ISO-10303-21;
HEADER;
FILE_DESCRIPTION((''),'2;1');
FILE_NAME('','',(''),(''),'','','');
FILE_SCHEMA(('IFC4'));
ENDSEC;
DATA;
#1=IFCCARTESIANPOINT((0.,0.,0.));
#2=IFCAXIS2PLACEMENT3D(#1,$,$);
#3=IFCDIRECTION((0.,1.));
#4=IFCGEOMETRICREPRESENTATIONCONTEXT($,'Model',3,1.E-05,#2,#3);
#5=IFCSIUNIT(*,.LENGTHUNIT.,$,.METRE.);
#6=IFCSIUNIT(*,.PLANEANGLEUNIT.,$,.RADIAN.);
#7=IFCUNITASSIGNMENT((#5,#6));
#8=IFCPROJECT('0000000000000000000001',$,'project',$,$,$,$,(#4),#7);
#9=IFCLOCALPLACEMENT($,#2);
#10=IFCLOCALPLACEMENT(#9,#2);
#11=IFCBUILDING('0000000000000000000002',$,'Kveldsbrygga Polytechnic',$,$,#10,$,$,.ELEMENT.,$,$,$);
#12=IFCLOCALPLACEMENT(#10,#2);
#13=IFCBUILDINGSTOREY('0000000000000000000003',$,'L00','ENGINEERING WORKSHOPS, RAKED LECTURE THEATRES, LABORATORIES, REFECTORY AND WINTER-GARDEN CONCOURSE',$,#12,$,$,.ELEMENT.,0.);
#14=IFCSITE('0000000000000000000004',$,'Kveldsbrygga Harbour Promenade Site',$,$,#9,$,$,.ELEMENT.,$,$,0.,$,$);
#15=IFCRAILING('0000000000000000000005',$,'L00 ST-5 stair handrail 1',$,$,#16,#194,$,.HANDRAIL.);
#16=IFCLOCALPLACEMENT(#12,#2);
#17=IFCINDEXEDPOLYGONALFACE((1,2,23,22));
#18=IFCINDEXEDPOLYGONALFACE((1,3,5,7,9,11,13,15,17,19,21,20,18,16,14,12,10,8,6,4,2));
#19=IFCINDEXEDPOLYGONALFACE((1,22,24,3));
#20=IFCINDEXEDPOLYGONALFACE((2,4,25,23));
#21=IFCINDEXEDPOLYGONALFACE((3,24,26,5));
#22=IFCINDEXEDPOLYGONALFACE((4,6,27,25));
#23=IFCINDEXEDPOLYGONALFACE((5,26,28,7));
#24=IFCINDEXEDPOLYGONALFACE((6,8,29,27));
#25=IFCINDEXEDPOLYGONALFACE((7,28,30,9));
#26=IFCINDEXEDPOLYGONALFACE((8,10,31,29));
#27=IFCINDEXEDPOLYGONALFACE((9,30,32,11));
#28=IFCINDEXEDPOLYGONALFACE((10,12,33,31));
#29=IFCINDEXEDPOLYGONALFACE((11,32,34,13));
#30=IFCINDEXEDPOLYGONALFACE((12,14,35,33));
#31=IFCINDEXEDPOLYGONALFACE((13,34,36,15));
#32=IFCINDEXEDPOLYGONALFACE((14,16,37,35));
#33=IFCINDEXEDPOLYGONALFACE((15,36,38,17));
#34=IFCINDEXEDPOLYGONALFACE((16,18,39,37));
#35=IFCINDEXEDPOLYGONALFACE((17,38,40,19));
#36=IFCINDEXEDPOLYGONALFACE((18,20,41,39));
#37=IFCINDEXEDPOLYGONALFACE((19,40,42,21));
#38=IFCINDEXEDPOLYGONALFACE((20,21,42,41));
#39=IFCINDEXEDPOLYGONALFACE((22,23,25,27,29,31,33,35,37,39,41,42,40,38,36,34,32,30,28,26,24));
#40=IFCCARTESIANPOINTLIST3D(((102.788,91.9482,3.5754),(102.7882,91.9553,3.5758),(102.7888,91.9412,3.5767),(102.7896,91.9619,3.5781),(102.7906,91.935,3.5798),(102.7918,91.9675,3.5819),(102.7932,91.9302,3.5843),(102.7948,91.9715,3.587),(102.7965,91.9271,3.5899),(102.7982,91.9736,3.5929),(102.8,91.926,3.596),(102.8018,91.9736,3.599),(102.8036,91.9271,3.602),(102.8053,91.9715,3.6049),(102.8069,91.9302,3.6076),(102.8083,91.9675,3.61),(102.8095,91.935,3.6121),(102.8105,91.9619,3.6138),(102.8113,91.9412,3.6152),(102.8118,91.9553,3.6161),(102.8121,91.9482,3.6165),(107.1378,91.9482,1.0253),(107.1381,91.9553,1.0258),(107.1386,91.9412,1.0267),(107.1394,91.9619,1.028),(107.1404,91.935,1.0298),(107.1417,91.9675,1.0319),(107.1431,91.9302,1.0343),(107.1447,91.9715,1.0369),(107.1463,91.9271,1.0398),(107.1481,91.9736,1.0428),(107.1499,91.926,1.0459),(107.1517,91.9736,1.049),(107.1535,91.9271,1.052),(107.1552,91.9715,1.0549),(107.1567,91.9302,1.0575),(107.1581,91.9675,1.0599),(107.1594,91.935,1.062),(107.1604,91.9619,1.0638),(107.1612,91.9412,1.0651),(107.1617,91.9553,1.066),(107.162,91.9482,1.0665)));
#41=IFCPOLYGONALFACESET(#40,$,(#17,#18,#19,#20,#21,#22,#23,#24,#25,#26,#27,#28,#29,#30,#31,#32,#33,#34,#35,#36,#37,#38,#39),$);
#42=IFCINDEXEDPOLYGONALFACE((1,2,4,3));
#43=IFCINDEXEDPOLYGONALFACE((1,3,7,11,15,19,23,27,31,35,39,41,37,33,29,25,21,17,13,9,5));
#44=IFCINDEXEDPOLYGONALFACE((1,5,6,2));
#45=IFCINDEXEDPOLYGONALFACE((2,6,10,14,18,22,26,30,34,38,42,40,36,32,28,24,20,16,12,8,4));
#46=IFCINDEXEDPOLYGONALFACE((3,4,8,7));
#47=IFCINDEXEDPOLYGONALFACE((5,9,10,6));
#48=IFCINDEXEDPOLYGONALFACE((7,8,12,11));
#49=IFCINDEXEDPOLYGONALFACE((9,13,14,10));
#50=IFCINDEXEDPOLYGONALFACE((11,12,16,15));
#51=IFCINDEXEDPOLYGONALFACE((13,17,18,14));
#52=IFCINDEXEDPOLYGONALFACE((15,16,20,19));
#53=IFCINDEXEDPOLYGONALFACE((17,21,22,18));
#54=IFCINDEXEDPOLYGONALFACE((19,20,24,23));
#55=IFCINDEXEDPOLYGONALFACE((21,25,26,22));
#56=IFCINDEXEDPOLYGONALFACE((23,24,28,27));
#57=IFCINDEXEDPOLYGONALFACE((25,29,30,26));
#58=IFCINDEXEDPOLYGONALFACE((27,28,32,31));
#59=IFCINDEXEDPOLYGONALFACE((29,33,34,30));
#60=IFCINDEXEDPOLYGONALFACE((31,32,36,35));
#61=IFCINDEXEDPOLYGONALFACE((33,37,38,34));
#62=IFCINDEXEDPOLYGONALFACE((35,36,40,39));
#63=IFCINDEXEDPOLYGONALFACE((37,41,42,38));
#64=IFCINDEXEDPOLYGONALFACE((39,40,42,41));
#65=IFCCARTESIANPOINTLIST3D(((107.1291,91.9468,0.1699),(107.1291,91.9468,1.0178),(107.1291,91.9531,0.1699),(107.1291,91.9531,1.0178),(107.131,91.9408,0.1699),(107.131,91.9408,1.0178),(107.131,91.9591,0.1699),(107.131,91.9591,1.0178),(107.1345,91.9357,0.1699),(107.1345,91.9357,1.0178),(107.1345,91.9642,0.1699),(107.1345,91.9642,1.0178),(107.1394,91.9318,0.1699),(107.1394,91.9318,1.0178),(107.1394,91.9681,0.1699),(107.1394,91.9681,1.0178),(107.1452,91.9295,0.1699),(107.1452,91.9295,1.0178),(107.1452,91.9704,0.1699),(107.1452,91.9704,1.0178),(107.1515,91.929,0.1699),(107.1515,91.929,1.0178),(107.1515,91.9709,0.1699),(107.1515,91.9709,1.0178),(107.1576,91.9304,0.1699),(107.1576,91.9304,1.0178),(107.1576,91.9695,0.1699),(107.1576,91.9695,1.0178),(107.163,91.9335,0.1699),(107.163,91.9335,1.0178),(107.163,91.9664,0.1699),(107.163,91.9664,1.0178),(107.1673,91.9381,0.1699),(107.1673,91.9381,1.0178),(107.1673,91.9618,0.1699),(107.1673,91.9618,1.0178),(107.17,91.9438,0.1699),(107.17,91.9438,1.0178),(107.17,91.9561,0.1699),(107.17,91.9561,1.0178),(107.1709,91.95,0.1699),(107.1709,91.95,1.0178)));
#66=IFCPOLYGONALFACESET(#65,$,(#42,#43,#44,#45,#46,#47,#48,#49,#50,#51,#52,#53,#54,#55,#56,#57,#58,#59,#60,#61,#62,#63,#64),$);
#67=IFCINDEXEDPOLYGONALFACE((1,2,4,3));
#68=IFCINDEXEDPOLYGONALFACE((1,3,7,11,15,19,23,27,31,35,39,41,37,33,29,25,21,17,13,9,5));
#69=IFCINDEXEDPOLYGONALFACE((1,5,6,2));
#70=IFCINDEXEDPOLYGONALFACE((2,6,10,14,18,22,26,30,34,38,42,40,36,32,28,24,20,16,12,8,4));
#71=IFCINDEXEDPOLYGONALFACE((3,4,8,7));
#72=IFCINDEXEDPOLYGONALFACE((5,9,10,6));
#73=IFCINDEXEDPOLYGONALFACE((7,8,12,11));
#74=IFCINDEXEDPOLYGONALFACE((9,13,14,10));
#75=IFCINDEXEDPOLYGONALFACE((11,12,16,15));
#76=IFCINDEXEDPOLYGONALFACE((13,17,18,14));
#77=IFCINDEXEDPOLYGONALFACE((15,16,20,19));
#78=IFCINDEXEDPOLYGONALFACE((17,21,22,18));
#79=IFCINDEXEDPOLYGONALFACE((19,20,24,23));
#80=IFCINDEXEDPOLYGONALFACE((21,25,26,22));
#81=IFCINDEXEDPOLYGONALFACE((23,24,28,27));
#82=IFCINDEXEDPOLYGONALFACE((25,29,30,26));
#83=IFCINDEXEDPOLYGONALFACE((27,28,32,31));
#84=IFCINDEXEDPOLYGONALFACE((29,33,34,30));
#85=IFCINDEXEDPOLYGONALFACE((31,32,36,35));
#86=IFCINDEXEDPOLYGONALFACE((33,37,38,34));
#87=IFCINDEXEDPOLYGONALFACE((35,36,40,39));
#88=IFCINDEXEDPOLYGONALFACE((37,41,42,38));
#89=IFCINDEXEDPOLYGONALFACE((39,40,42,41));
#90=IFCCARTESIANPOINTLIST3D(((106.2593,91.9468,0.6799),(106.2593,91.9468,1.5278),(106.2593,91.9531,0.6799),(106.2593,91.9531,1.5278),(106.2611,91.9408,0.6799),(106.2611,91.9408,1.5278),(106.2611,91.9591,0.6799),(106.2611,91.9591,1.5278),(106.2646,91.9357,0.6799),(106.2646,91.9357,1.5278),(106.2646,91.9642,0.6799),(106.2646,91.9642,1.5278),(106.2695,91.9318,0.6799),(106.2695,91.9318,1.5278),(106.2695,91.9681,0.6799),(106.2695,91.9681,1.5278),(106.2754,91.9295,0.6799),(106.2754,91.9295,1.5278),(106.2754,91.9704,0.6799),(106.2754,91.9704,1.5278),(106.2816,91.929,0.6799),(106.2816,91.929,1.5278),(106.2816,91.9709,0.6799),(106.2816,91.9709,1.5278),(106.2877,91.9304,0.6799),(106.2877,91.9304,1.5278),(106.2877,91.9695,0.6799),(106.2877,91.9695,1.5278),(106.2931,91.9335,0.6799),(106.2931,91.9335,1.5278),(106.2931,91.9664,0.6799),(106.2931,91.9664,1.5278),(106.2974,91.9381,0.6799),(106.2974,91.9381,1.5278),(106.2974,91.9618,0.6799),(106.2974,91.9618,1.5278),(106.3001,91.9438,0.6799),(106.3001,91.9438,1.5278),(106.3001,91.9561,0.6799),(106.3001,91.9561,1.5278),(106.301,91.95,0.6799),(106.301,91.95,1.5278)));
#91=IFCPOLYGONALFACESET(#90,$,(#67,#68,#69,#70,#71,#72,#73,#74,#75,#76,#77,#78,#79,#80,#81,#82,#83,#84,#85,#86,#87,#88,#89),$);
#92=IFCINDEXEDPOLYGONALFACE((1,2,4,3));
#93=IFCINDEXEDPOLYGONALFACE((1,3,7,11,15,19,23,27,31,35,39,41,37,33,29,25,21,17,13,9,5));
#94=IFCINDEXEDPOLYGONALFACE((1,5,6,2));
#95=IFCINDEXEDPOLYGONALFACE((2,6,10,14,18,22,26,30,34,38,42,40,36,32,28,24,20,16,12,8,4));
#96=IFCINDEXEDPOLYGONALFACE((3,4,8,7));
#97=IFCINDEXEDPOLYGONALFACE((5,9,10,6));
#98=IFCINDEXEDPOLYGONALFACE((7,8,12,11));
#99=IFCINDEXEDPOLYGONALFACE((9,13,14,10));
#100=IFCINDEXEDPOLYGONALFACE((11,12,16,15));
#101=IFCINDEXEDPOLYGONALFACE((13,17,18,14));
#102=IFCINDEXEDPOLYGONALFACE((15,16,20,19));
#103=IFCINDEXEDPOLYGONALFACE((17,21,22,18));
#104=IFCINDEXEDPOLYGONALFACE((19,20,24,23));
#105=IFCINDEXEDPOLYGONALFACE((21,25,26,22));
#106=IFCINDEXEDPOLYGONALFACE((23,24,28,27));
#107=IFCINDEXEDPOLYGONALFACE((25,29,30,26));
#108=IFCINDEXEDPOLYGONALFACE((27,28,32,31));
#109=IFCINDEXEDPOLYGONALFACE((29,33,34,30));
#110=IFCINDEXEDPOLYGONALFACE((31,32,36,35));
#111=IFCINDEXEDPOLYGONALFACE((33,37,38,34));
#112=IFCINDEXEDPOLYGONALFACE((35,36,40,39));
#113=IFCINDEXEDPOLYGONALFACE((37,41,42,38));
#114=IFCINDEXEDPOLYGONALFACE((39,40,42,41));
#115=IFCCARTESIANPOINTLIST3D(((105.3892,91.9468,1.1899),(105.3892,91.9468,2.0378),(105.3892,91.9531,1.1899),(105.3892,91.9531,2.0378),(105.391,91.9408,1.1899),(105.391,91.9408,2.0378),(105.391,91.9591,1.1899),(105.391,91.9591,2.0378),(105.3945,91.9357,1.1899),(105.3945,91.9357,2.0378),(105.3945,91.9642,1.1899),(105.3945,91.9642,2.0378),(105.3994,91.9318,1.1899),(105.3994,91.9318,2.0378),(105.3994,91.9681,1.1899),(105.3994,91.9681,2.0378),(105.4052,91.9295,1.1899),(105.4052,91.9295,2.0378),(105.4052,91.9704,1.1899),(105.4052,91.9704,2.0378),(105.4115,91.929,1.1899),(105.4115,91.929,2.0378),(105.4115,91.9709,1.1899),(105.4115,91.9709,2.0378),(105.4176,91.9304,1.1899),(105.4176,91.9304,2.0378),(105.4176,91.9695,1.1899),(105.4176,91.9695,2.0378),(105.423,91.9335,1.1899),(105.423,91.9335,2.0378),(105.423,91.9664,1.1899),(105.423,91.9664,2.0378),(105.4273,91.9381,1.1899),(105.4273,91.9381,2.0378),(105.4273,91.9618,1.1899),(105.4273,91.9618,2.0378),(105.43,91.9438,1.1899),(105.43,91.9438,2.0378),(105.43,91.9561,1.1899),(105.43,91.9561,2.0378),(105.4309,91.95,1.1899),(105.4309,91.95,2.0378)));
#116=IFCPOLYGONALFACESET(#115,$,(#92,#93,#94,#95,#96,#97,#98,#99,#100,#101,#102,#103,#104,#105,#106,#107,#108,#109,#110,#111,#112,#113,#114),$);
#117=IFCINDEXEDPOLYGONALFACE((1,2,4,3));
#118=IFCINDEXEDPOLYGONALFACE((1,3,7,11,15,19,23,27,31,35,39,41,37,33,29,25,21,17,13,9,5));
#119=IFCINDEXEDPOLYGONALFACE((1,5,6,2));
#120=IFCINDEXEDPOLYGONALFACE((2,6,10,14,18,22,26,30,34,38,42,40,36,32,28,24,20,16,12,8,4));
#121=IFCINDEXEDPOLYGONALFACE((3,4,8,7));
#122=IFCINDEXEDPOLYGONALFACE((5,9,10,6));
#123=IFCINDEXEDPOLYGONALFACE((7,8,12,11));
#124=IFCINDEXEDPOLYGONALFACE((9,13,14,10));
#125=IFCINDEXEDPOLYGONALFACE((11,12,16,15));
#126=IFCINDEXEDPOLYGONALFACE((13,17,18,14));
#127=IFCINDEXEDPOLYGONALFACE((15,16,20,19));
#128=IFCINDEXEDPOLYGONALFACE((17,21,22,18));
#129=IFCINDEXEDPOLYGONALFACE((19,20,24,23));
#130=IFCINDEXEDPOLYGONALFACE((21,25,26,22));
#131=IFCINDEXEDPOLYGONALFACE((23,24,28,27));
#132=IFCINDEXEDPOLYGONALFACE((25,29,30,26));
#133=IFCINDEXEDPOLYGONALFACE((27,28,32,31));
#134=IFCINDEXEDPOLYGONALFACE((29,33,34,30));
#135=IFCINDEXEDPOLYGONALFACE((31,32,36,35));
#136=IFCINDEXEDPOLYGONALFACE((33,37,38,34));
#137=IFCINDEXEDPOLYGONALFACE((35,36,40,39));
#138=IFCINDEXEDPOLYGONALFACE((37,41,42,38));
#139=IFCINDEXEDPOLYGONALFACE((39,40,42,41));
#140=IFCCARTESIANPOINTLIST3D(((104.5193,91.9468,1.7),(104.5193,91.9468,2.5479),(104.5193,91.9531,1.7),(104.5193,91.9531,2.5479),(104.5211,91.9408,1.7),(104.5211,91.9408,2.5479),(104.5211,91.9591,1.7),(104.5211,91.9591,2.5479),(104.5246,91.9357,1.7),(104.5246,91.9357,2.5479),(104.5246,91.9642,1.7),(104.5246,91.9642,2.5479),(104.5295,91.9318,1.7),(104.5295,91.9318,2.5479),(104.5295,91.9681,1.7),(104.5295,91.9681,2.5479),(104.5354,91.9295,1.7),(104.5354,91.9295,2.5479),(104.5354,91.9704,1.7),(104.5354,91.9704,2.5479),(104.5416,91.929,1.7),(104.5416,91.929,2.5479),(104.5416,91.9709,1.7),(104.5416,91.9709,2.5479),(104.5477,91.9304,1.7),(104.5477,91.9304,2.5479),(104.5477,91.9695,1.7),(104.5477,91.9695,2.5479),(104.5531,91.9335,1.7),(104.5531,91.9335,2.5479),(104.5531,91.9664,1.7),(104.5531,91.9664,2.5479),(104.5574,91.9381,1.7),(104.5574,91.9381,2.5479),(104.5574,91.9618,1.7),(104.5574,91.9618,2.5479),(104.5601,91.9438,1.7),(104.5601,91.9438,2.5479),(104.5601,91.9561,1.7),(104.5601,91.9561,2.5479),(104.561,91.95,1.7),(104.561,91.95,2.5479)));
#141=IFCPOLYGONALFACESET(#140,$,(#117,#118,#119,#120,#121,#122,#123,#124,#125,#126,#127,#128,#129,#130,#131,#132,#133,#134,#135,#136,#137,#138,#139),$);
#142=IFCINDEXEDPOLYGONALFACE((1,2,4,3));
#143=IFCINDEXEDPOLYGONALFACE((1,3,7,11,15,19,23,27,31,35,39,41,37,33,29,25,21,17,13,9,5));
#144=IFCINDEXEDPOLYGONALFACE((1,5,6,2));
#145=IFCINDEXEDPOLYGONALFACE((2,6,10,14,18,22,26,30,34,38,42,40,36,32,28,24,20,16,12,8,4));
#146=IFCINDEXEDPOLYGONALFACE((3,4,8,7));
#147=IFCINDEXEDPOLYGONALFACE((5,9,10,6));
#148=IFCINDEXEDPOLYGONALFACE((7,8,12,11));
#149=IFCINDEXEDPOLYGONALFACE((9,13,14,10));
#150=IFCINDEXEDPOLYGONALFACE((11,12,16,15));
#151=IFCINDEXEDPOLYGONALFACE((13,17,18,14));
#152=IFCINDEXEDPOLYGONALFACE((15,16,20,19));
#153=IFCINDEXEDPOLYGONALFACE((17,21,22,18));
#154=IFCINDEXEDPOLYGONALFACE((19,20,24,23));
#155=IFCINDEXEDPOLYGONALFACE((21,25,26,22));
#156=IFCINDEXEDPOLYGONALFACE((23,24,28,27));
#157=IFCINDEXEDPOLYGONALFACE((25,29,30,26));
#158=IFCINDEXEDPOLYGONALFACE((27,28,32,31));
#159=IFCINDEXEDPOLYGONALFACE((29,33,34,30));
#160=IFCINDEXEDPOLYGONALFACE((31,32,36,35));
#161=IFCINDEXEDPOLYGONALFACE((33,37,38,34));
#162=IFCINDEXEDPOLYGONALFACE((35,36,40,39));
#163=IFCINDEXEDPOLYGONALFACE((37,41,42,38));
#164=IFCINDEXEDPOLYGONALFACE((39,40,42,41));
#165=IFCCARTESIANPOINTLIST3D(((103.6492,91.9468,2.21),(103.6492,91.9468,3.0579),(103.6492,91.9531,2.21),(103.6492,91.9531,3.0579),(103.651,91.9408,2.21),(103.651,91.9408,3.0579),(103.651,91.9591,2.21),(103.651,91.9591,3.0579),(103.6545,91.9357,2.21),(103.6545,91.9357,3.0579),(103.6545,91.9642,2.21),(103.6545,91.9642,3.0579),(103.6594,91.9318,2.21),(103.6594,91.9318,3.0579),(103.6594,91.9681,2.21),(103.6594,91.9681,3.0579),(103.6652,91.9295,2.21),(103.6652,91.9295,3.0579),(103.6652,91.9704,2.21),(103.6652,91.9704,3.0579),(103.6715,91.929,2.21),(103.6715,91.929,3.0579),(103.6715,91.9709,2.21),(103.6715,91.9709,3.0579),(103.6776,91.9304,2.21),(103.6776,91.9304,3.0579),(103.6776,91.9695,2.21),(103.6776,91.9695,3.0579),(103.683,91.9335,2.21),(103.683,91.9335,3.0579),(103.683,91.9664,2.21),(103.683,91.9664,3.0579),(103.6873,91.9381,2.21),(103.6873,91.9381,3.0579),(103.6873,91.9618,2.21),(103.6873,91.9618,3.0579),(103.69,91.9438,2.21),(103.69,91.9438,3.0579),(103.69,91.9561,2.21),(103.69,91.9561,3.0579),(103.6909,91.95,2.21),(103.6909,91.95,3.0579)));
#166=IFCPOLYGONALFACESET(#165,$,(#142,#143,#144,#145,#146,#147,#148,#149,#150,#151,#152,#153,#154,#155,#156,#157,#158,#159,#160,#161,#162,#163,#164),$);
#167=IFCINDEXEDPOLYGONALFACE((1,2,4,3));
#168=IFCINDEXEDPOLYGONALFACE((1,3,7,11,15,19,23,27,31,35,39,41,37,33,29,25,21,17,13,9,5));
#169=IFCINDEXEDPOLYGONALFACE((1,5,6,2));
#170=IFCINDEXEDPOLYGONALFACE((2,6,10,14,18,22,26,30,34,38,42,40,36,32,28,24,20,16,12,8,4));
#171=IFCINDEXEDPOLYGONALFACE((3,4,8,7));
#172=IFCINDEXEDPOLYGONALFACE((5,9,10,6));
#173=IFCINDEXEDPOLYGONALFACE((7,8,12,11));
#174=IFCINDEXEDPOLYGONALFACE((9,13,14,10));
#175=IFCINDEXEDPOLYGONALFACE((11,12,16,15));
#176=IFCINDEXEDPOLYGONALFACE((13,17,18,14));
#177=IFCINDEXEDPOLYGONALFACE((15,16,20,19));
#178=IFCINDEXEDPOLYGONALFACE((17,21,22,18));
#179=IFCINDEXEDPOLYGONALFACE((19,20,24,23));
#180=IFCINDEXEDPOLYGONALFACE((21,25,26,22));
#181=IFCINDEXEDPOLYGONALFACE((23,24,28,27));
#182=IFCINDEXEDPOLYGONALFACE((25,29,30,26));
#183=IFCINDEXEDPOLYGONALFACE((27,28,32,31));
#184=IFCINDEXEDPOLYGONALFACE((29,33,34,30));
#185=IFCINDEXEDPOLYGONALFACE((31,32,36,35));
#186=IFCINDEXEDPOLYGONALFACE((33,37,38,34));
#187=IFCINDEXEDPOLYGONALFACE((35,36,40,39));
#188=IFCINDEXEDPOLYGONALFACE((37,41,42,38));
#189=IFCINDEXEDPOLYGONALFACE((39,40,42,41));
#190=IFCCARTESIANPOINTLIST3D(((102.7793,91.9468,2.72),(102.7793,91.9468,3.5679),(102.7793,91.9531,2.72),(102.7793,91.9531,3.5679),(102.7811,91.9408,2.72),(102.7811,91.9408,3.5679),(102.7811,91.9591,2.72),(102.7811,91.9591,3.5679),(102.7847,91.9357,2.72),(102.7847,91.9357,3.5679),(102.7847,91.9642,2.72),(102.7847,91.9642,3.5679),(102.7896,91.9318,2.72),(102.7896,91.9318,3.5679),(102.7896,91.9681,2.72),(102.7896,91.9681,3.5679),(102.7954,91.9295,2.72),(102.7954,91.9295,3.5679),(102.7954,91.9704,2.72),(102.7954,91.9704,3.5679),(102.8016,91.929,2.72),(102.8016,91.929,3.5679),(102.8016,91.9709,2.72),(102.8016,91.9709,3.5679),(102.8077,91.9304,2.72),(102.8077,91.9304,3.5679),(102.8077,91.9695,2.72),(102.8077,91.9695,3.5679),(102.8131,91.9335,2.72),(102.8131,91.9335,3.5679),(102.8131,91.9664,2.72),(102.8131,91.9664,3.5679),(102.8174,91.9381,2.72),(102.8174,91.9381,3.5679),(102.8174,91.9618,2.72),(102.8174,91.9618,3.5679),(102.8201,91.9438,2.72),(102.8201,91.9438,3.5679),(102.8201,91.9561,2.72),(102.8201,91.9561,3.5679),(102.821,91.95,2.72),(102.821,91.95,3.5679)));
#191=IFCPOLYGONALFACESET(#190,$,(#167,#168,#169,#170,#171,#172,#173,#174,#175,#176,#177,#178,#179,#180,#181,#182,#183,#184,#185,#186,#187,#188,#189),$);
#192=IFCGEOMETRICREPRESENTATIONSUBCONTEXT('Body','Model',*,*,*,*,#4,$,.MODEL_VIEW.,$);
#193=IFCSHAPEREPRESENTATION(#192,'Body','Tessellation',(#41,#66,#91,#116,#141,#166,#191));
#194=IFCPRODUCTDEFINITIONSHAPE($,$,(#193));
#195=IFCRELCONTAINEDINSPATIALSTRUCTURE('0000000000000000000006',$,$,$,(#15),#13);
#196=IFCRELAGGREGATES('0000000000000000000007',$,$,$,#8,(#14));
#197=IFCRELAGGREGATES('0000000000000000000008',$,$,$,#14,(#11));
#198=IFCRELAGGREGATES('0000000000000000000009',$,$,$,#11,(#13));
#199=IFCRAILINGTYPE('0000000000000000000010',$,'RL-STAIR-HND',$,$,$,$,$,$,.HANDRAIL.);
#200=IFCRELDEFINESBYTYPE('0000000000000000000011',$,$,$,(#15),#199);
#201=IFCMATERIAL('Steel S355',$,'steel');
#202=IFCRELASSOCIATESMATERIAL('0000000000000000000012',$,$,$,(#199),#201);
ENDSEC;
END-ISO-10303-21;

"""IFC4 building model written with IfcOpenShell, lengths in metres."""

from ifc_helpers import new_model, si_unit, direction, frame, origin, origin_2d, place, context, subcontext, project, spatial, circle, extrude, material, type_object, element, save


model = new_model("IFC4")

# Units and contexts
model_context = context("Model", 3, precision=1e-05, world=origin(), true_north=direction((0.0, 1.0)))
body_context = subcontext(model_context, "Body", "Model", "MODEL_VIEW")
ifc_project = project(units=[si_unit("LENGTHUNIT", "METRE"), si_unit("PLANEANGLEUNIT", "RADIAN")], contexts=[model_context])

# Site, building, storey
site_placement = place(None, origin())
site = spatial("IfcSite", under=ifc_project, at=site_placement, Name="Kveldsbrygga Harbour Promenade Site", CompositionType="ELEMENT", RefElevation=0.0)
building_placement = place(site_placement, origin())
building = spatial("IfcBuilding", under=site, at=building_placement, Name="Kveldsbrygga Polytechnic", CompositionType="ELEMENT")
storey_placement = place(building_placement, origin())
storey = spatial("IfcBuildingStorey", under=building, at=storey_placement, Name="L00", Description="ENGINEERING WORKSHOPS, RAKED LECTURE THEATRES, LABORATORIES, REFECTORY AND WINTER-GARDEN CONCOURSE", CompositionType="ELEMENT", Elevation=0.0)

# Railing
ifc_material_1 = material(Name="Steel S355", Category="steel")
railing_type_1 = type_object("IfcRailingType", Name="RL-STAIR-HND", PredefinedType="HANDRAIL", material=ifc_material_1)
railing_1_placement = place(storey_placement, frame((107.1499, 91.95, 0.1699)))
element("IfcRailing", 1, at=railing_1_placement, inside=storey, type_object=railing_type_1, Name="L00 ST-5 stair handrail 1", PredefinedType="HANDRAIL", context=body_context, shape_type="SweptSolid", body=[
    extrude(circle(Radius=0.0239, at=origin_2d()), frame((0.0, 0.0, 0.876), z_axis=(-0.862686, 0.0, 0.505739), x_axis=(0.0, -1.0, 0.0)), (0.0, 0.0, 1.0), 5.0422),
    extrude(circle(Radius=0.021, at=origin_2d()), origin(), (0.0, 0.0, 1.0), 0.8479),
    extrude(circle(Radius=0.021, at=origin_2d()), frame((-0.8699, 0.0, 0.51)), (0.0, 0.0, 1.0), 0.8479),
    extrude(circle(Radius=0.021, at=origin_2d()), frame((-1.74, 0.0, 1.02)), (0.0, 0.0, 1.0), 0.8479),
    extrude(circle(Radius=0.021, at=origin_2d()), frame((-2.6099, 0.0, 1.53)), (0.0, 0.0, 1.0), 0.8479),
    extrude(circle(Radius=0.021, at=origin_2d()), frame((-3.48, 0.0, 2.04)), (0.0, 0.0, 1.0), 0.8479),
    extrude(circle(Radius=0.021, at=origin_2d()), frame((-4.3499, 0.0, 2.55)), (0.0, 0.0, 1.0), 0.8479),
])

save(model, "model.ifc")
